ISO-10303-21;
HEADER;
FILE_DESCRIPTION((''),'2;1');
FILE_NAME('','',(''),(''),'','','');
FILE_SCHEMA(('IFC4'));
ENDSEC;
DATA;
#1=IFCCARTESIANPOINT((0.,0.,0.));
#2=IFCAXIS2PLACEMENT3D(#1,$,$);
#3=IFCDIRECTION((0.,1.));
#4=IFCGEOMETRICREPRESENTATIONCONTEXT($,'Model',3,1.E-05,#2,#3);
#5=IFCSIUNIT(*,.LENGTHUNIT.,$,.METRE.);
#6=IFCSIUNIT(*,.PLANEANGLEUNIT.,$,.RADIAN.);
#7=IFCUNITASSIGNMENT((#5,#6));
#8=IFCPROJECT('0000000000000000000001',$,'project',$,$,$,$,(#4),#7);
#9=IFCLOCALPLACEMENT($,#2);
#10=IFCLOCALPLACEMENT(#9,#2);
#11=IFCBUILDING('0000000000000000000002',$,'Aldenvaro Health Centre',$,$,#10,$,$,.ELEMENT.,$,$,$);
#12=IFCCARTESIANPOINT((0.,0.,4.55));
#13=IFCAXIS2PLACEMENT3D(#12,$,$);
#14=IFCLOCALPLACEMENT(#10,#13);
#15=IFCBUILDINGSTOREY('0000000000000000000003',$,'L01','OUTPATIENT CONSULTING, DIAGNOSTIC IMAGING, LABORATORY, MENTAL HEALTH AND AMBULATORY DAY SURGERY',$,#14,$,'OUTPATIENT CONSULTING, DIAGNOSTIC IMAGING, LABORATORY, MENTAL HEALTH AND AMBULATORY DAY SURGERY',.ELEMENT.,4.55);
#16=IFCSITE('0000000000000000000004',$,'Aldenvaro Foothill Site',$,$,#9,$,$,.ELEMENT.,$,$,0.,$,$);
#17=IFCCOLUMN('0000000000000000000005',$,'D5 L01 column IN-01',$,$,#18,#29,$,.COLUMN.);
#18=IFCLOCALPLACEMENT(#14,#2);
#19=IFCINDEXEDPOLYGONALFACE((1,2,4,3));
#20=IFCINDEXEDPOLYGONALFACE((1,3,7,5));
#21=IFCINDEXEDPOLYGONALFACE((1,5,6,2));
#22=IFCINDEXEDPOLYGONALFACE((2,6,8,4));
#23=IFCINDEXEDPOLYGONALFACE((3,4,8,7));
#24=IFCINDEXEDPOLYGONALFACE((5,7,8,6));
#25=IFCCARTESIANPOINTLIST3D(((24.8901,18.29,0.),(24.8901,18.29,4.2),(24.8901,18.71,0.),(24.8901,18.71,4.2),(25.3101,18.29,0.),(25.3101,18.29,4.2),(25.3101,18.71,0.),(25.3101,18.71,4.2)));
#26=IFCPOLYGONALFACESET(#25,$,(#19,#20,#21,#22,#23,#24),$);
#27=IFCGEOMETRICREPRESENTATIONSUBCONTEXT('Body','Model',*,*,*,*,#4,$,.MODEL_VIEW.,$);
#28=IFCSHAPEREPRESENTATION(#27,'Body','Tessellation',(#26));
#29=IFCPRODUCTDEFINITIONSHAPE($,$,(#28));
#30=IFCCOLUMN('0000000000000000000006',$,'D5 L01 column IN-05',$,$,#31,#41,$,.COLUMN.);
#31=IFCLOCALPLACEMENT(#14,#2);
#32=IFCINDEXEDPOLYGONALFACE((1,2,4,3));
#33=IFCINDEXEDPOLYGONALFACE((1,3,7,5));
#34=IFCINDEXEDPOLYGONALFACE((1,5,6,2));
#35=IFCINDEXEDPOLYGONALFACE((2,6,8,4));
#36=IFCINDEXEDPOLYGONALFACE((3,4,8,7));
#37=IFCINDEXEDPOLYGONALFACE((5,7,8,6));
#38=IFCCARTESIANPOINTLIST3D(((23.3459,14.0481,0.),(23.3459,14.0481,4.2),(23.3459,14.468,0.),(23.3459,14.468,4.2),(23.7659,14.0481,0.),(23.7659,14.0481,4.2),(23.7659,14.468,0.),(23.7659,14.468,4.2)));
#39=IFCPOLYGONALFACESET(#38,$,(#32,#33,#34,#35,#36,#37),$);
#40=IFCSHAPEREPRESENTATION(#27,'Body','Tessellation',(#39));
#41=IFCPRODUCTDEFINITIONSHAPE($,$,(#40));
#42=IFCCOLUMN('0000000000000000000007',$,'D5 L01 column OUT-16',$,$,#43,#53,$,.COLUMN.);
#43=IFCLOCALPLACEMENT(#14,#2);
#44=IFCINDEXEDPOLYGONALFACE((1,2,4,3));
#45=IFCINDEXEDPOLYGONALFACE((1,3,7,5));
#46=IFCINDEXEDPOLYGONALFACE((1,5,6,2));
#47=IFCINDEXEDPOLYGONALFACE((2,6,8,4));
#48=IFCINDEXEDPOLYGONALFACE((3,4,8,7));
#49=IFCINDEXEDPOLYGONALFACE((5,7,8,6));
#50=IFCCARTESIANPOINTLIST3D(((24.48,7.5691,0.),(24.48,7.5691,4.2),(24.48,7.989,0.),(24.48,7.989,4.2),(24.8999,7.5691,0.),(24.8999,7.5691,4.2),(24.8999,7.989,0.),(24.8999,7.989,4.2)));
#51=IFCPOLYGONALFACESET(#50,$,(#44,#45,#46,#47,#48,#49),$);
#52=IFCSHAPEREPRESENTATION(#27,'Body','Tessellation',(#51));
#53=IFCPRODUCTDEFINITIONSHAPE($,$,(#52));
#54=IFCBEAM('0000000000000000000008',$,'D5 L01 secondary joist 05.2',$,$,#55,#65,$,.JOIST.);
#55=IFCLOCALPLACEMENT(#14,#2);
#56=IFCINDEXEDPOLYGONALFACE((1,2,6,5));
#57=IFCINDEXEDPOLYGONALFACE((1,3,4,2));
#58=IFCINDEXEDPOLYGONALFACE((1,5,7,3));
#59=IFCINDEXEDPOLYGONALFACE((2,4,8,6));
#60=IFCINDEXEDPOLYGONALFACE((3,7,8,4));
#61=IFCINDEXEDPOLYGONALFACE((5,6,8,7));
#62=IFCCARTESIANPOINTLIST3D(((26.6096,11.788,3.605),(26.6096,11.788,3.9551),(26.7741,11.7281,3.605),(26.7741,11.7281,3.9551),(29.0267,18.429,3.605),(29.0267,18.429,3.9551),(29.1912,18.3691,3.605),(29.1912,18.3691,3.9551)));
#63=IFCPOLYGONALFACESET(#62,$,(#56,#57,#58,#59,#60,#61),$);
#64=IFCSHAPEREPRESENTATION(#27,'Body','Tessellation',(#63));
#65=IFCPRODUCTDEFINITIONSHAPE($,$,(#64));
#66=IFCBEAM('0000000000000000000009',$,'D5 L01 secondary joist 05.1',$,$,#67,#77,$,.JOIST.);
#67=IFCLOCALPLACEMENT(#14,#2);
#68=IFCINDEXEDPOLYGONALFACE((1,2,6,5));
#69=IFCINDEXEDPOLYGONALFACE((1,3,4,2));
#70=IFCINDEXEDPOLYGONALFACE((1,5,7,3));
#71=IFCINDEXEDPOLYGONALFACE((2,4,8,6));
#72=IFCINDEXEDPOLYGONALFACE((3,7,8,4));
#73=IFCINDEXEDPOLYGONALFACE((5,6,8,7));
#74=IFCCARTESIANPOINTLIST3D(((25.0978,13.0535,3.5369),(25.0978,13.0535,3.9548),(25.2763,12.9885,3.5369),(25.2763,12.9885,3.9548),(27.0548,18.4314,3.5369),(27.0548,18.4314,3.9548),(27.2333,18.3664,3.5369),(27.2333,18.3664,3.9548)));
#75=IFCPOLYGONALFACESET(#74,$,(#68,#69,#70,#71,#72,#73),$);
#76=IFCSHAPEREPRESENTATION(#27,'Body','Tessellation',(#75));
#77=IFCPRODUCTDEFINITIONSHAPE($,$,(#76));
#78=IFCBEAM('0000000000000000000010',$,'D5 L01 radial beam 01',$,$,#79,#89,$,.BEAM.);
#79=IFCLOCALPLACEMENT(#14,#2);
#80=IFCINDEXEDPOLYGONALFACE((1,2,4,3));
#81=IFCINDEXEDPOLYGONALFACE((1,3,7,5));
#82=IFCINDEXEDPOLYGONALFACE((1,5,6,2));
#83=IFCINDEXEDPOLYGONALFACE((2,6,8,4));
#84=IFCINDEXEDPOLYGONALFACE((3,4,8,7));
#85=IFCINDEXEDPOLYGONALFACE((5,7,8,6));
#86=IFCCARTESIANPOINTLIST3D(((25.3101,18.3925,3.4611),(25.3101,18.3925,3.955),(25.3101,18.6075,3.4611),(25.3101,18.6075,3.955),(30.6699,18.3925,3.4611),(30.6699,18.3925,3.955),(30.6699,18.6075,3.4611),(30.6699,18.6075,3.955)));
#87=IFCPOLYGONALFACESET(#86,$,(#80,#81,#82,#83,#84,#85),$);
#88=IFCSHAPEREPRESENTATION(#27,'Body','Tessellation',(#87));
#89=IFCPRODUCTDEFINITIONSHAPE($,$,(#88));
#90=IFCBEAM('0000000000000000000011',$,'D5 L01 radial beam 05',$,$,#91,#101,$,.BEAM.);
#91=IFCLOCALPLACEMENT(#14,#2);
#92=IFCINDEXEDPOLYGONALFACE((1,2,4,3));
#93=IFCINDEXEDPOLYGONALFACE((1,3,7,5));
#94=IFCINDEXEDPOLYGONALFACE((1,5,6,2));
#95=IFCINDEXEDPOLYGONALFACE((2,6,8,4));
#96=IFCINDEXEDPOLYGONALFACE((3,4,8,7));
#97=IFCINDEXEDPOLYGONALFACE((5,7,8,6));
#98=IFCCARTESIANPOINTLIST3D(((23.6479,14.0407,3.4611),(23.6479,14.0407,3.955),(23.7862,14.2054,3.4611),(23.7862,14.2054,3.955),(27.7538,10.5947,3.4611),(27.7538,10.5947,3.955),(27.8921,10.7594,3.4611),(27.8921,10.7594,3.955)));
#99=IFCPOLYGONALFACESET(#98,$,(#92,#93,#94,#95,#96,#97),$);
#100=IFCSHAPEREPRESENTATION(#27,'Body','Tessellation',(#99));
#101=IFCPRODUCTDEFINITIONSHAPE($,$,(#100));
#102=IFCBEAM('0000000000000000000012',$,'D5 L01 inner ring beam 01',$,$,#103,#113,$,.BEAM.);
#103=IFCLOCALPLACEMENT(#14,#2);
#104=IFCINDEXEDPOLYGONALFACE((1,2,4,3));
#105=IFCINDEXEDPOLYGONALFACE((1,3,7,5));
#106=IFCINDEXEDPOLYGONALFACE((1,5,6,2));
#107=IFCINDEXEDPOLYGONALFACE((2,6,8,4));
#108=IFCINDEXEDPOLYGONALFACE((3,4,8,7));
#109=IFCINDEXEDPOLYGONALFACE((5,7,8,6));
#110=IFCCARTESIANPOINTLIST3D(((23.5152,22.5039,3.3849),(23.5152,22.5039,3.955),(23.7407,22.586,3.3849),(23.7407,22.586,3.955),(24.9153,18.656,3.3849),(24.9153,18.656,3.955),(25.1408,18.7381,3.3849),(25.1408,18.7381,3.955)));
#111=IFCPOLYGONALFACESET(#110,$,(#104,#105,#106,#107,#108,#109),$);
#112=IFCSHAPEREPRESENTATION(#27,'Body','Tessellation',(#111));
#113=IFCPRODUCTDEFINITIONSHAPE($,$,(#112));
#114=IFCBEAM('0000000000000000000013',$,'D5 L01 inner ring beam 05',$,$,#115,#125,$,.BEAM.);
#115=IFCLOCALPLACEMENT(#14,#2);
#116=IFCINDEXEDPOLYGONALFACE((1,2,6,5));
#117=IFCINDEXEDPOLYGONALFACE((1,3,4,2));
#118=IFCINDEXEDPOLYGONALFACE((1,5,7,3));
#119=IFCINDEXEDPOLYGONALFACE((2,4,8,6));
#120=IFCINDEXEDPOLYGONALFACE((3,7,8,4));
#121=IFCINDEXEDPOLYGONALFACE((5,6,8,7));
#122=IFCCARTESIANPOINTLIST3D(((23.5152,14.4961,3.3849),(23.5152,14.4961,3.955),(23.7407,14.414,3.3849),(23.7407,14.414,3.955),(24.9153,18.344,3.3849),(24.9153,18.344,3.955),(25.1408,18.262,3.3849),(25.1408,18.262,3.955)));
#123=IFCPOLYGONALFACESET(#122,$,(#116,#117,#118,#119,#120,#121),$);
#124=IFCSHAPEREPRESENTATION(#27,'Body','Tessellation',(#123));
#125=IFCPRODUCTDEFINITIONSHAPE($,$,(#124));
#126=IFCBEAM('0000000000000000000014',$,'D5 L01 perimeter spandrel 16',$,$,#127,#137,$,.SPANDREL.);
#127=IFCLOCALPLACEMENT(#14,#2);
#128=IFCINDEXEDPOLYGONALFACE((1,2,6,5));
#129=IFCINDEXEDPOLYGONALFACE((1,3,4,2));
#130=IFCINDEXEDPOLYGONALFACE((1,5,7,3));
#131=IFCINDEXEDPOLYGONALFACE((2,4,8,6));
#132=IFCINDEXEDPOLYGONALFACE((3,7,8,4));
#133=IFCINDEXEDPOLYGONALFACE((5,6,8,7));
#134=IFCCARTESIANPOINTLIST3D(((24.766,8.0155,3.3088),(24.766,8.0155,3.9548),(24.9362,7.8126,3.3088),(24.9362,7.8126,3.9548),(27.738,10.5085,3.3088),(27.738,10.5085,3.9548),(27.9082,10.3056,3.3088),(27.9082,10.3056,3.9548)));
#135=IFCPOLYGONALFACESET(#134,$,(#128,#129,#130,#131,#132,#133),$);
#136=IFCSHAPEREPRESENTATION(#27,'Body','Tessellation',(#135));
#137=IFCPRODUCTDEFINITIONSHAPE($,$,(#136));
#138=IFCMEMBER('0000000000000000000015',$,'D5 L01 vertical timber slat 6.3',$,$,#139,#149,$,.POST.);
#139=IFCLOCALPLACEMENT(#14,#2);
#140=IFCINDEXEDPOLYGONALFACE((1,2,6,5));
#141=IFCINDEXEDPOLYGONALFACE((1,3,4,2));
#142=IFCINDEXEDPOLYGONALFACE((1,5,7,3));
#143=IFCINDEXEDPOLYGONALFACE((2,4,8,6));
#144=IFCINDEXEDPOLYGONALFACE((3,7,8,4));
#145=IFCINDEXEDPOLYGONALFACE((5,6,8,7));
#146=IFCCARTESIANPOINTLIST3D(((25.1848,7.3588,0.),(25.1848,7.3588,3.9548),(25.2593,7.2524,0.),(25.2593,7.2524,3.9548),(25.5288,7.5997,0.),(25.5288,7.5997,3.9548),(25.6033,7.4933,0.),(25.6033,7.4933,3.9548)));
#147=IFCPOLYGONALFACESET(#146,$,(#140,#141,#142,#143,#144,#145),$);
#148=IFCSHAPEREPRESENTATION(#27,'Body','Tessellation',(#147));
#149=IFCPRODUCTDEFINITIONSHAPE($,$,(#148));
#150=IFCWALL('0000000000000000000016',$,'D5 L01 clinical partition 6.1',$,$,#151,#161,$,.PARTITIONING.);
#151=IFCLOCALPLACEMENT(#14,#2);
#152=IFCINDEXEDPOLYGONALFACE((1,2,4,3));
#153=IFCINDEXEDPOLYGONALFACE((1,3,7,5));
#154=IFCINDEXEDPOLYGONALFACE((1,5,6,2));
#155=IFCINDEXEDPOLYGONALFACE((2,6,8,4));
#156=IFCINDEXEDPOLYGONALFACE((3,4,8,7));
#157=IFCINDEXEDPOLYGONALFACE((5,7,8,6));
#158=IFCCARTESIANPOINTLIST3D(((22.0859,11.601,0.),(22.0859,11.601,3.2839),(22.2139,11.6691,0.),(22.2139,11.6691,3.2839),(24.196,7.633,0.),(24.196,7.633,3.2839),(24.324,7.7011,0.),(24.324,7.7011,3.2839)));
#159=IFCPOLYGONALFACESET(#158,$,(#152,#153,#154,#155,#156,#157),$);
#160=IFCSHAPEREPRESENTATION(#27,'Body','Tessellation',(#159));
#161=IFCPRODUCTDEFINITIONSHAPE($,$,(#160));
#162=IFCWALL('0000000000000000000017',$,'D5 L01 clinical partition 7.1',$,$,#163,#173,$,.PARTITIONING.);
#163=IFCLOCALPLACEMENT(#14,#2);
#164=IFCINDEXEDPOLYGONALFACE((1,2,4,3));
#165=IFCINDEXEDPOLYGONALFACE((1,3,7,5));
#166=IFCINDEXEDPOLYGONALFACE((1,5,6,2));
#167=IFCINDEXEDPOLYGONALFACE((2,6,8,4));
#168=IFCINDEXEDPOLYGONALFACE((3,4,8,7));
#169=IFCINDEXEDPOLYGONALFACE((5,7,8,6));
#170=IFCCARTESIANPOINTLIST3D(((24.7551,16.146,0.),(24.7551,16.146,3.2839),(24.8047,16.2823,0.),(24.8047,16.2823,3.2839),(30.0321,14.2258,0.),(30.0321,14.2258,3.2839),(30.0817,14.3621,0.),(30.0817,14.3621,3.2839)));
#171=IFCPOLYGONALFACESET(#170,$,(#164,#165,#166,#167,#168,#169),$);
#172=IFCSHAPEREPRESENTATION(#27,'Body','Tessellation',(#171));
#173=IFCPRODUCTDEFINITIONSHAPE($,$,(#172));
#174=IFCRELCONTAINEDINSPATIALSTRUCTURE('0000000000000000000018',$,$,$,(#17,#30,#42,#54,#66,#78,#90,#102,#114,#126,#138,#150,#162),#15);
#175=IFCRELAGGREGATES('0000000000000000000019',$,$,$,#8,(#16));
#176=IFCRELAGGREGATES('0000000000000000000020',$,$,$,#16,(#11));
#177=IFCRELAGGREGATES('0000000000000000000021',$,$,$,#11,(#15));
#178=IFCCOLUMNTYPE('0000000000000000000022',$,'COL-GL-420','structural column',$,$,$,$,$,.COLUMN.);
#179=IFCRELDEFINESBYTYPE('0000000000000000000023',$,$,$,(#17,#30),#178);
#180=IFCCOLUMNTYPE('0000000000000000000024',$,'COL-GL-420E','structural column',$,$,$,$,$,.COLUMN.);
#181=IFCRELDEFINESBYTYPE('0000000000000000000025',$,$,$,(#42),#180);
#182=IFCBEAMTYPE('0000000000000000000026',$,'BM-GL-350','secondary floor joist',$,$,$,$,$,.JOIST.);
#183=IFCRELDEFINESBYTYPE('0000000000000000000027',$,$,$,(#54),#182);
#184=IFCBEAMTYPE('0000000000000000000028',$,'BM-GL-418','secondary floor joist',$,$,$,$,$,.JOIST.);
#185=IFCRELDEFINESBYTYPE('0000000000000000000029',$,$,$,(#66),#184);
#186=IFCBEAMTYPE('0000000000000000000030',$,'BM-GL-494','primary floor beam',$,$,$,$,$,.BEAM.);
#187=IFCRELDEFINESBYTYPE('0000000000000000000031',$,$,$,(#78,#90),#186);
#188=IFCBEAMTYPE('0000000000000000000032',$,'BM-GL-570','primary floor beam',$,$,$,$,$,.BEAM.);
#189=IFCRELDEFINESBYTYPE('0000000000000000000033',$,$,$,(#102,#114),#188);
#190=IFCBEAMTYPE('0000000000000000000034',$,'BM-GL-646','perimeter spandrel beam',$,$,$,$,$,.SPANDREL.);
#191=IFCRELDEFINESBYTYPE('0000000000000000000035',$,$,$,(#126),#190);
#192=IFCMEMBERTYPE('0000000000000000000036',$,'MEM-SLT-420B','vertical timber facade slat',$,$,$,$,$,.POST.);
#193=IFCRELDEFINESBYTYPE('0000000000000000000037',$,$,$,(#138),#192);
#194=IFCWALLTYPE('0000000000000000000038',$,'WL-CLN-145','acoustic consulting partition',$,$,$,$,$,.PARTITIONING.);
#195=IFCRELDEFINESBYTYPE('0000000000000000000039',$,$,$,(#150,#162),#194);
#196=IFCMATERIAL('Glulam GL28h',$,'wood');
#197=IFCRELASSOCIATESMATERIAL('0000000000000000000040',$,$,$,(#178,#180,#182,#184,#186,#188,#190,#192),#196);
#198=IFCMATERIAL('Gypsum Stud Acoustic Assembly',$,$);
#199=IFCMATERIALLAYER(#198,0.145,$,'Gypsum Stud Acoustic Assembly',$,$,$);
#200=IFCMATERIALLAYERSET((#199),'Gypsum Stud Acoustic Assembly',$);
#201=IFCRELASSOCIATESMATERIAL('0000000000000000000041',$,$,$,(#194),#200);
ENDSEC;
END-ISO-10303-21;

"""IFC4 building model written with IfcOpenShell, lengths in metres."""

from ifc_helpers import new_model, si_unit, direction, frame, frame_2d, origin, origin_2d, place, context, subcontext, project, spatial, rectangle, extrude, material, layer, layer_set, material_profile, profile_set, type_object, element, save


model = new_model("IFC4")

# Units and contexts
model_context = context("Model", 3, precision=1e-05, world=origin(), true_north=direction((0.0, 1.0)))
body_context = subcontext(model_context, "Body", "Model", "MODEL_VIEW")
ifc_project = project(units=[si_unit("LENGTHUNIT", "METRE"), si_unit("PLANEANGLEUNIT", "RADIAN")], contexts=[model_context])

# Site, building, storey
site_placement = place(None, origin())
site = spatial("IfcSite", under=ifc_project, at=site_placement, Name="Aldenvaro Foothill Site", CompositionType="ELEMENT", RefElevation=0.0)
building_placement = place(site_placement, origin())
building = spatial("IfcBuilding", under=site, at=building_placement, Name="Aldenvaro Health Centre", CompositionType="ELEMENT")
storey_placement = place(building_placement, frame((0.0, 0.0, 4.55)))
storey = spatial("IfcBuildingStorey", under=building, at=storey_placement, Name="L01", Description="OUTPATIENT CONSULTING, DIAGNOSTIC IMAGING, LABORATORY, MENTAL HEALTH AND AMBULATORY DAY SURGERY", LongName="OUTPATIENT CONSULTING, DIAGNOSTIC IMAGING, LABORATORY, MENTAL HEALTH AND AMBULATORY DAY SURGERY", CompositionType="ELEMENT", Elevation=4.55)

# Columns
ifc_material_1 = material(Name="Glulam GL28h", Category="wood")
ifc_material_profile_1 = material_profile(ifc_material_1, rectangle(XDim=0.4199, YDim=0.4199, at=origin_2d()), Name="GL 420x420", Category="wood")
ifc_profile_set_1 = profile_set([ifc_material_profile_1], Name="Glulam GL28h")
column_type_1 = type_object("IfcColumnType", Name="COL-GL-420", Description="structural column", PredefinedType="COLUMN", material=ifc_profile_set_1)
for number, where, z_axis, x_axis, name in (
    (1, (25.1001, 18.5, 0.0), (0.0, 0.0, 1.0), (1.0, 0.0, 0.0), "D5 L01 column IN-01"),
    (2, (23.5559, 14.2581, 0.0), (0.0, 0.0, 1.0), (1.0, 0.0, 0.0), "D5 L01 column IN-05"),
):
    element("IfcColumn", number, at=place(storey_placement, frame(where, z_axis=z_axis, x_axis=x_axis)), inside=storey, type_object=column_type_1, Name=name, PredefinedType="COLUMN", context=body_context, shape_type="SweptSolid", body=[
        extrude(rectangle(XDim=0.4199, YDim=0.4199, at=origin_2d()), origin(), (0.0, 0.0, 1.0), 4.2),
    ])
ifc_material_profile_2 = material_profile(ifc_material_1, rectangle(XDim=0.4199, YDim=0.4199, at=origin_2d()), Name="GL 420x420", Category="wood")
ifc_profile_set_2 = profile_set([ifc_material_profile_2], Name="Glulam GL28h")
column_type_2 = type_object("IfcColumnType", Name="COL-GL-420E", Description="structural column", PredefinedType="COLUMN", material=ifc_profile_set_2)
column_placement = place(storey_placement, frame((24.6899, 7.7791, 0.0), z_axis=(0.0, 0.0, 1.0), x_axis=(1.0, 0.0, 0.0)))
element("IfcColumn", 3, at=column_placement, inside=storey, type_object=column_type_2, Name="D5 L01 column OUT-16", PredefinedType="COLUMN", context=body_context, shape_type="SweptSolid", body=[
    extrude(rectangle(XDim=0.4199, YDim=0.4199, at=origin_2d()), origin(), (0.0, 0.0, 1.0), 4.2),
])

# Beams
ifc_material_profile_3 = material_profile(ifc_material_1, rectangle(XDim=0.175, YDim=0.3501, at=origin_2d()), Name="GL 175x350", Category="wood")
ifc_profile_set_3 = profile_set([ifc_material_profile_3], Name="Glulam GL28h")
beam_type_1 = type_object("IfcBeamType", Name="BM-GL-350", Description="secondary floor joist", PredefinedType="JOIST", material=ifc_profile_set_3)
beam_1_placement = place(storey_placement, frame((26.6919, 11.7581, 3.78), z_axis=(0.342009, 0.939697, 0.0), x_axis=(-0.939697, 0.342009, 0.0)))
element("IfcBeam", 4, at=beam_1_placement, inside=storey, type_object=beam_type_1, Name="D5 L01 secondary joist 05.2", PredefinedType="JOIST", context=body_context, shape_type="SweptSolid", body=[
    extrude(rectangle(XDim=0.175, YDim=0.3501, at=origin_2d()), origin(), (0.0, 0.0, 1.0), 7.0671),
])
ifc_material_profile_4 = material_profile(ifc_material_1, rectangle(XDim=0.1899, YDim=0.418, at=origin_2d()), Name="GL 190x418", Category="wood")
ifc_profile_set_4 = profile_set([ifc_material_profile_4], Name="Glulam GL28h")
beam_type_2 = type_object("IfcBeamType", Name="BM-GL-418", Description="secondary floor joist", PredefinedType="JOIST", material=ifc_profile_set_4)
beam_2_placement = place(storey_placement, frame((25.187, 13.021, 3.7458), z_axis=(0.341962, 0.939714, 0.0), x_axis=(-0.939714, 0.341962, 0.0)))
element("IfcBeam", 5, at=beam_2_placement, inside=storey, type_object=beam_type_2, Name="D5 L01 secondary joist 05.1", PredefinedType="JOIST", context=body_context, shape_type="SweptSolid", body=[
    extrude(rectangle(XDim=0.1899, YDim=0.418, at=origin_2d()), origin(), (0.0, 0.0, 1.0), 5.7229),
])
ifc_material_profile_5 = material_profile(ifc_material_1, rectangle(XDim=0.2151, YDim=0.4939, at=origin_2d()), Name="GL 215x494", Category="wood")
ifc_profile_set_5 = profile_set([ifc_material_profile_5], Name="Glulam GL28h")
beam_type_3 = type_object("IfcBeamType", Name="BM-GL-494", Description="primary floor beam", PredefinedType="BEAM", material=ifc_profile_set_5)
beam_3_placement = place(storey_placement, frame((25.3101, 18.5, 3.708), z_axis=(1.0, 0.0, 0.0), x_axis=(0.0, 1.0, 0.0)))
element("IfcBeam", 6, at=beam_3_placement, inside=storey, type_object=beam_type_3, Name="D5 L01 radial beam 01", PredefinedType="BEAM", context=body_context, shape_type="SweptSolid", body=[
    extrude(rectangle(XDim=0.2151, YDim=0.4939, at=origin_2d()), origin(), (0.0, 0.0, 1.0), 5.3599),
])
beam_4_placement = place(storey_placement, frame((23.717, 14.123, 3.708), z_axis=(0.765977, -0.642868, 0.0), x_axis=(0.642868, 0.765977, 0.0)))
element("IfcBeam", 7, at=beam_4_placement, inside=storey, type_object=beam_type_3, Name="D5 L01 radial beam 05", PredefinedType="BEAM", context=body_context, shape_type="SweptSolid", body=[
    extrude(rectangle(XDim=0.2151, YDim=0.4939, at=origin_2d()), origin(), (0.0, 0.0, 1.0), 5.3604),
])
ifc_material_profile_6 = material_profile(ifc_material_1, rectangle(XDim=0.24, YDim=0.5701, at=origin_2d()), Name="GL 240x570", Category="wood")
ifc_profile_set_6 = profile_set([ifc_material_profile_6], Name="Glulam GL28h")
beam_type_4 = type_object("IfcBeamType", Name="BM-GL-570", Description="primary floor beam", PredefinedType="BEAM", material=ifc_profile_set_6)
for number, where, z_axis, x_axis, name in (
    (8, (25.0281, 18.697, 3.6699), (-0.341939, 0.939722, 0.0), (-0.939722, -0.341939, 0.0), "D5 L01 inner ring beam 01"),
    (9, (23.6279, 14.4551, 3.6699), (0.341939, 0.939722, 0.0), (-0.939722, 0.341939, 0.0), "D5 L01 inner ring beam 05"),
):
    element("IfcBeam", number, at=place(storey_placement, frame(where, z_axis=z_axis, x_axis=x_axis)), inside=storey, type_object=beam_type_4, Name=name, PredefinedType="BEAM", context=body_context, shape_type="SweptSolid", body=[
        extrude(rectangle(XDim=0.24, YDim=0.5701, at=origin_2d()), origin(), (0.0, 0.0, 1.0), 4.0947),
    ])
ifc_material_profile_7 = material_profile(ifc_material_1, rectangle(XDim=0.2649, YDim=0.646, at=origin_2d()), Name="GL 265x646", Category="wood")
ifc_profile_set_7 = profile_set([ifc_material_profile_7], Name="Glulam GL28h")
beam_type_5 = type_object("IfcBeamType", Name="BM-GL-646", Description="perimeter spandrel beam", PredefinedType="SPANDREL", material=ifc_profile_set_7)
beam_5_placement = place(storey_placement, frame((24.8511, 7.9141, 3.6318), z_axis=(0.766149, 0.642664, 0.0), x_axis=(-0.642664, 0.766149, 0.0)))
element("IfcBeam", 10, at=beam_5_placement, inside=storey, type_object=beam_type_5, Name="D5 L01 perimeter spandrel 16", PredefinedType="SPANDREL", context=body_context, shape_type="SweptSolid", body=[
    extrude(rectangle(XDim=0.2649, YDim=0.646, at=origin_2d()), origin(), (0.0, 0.0, 1.0), 3.8792),
])

# Member
ifc_material_profile_8 = material_profile(ifc_material_1, rectangle(XDim=0.1299, YDim=0.4199, at=origin_2d()), Name="GL 130x420", Category="wood")
ifc_profile_set_8 = profile_set([ifc_material_profile_8], Name="Glulam GL28h")
member_type = type_object("IfcMemberType", Name="MEM-SLT-420B", Description="vertical timber facade slat", PredefinedType="POST", material=ifc_profile_set_8)
member_placement = place(storey_placement, frame((25.394, 7.426, 0.0), z_axis=(0.0, 0.0, 1.0), x_axis=(0.573641, -0.819107, 0.0)))
element("IfcMember", 11, at=member_placement, inside=storey, type_object=member_type, Name="D5 L01 vertical timber slat 6.3", PredefinedType="POST", context=body_context, shape_type="SweptSolid", body=[
    extrude(rectangle(XDim=0.1299, YDim=0.4199, at=origin_2d()), origin(), (0.0, 0.0, 1.0), 3.9548),
])

# Walls
ifc_material_2 = material(Name="Gypsum Stud Acoustic Assembly")
ifc_layer_1 = layer(ifc_material_2, 0.145, Name="Gypsum Stud Acoustic Assembly")
ifc_layer_set_1 = layer_set([ifc_layer_1], Name="Gypsum Stud Acoustic Assembly")
wall_type_1 = type_object("IfcWallType", Name="WL-CLN-145", Description="acoustic consulting partition", PredefinedType="PARTITIONING", material=ifc_layer_set_1)
wall_1_placement = place(storey_placement, frame((22.1499, 11.635, 0.0), z_axis=(0.0, 0.0, 1.0), x_axis=(0.469519, -0.882922, 0.0)))
element("IfcWall", 12, at=wall_1_placement, inside=storey, type_object=wall_type_1, Name="D5 L01 clinical partition 6.1", PredefinedType="PARTITIONING", context=body_context, shape_type="SweptSolid", body=[
    extrude(rectangle(XDim=4.4941, YDim=0.145, at=frame_2d((2.2471, 0.0))), origin(), (0.0, 0.0, 1.0), 3.2839),
])
wall_2_placement = place(storey_placement, frame((24.78, 16.2141, 0.0), z_axis=(0.0, 0.0, 1.0), x_axis=(0.939719, -0.341949, 0.0)))
element("IfcWall", 13, at=wall_2_placement, inside=storey, type_object=wall_type_1, Name="D5 L01 clinical partition 7.1", PredefinedType="PARTITIONING", context=body_context, shape_type="SweptSolid", body=[
    extrude(rectangle(XDim=5.6155, YDim=0.145, at=frame_2d((2.8076, 0.0))), origin(), (0.0, 0.0, 1.0), 3.2839),
])

save(model, "model.ifc")
